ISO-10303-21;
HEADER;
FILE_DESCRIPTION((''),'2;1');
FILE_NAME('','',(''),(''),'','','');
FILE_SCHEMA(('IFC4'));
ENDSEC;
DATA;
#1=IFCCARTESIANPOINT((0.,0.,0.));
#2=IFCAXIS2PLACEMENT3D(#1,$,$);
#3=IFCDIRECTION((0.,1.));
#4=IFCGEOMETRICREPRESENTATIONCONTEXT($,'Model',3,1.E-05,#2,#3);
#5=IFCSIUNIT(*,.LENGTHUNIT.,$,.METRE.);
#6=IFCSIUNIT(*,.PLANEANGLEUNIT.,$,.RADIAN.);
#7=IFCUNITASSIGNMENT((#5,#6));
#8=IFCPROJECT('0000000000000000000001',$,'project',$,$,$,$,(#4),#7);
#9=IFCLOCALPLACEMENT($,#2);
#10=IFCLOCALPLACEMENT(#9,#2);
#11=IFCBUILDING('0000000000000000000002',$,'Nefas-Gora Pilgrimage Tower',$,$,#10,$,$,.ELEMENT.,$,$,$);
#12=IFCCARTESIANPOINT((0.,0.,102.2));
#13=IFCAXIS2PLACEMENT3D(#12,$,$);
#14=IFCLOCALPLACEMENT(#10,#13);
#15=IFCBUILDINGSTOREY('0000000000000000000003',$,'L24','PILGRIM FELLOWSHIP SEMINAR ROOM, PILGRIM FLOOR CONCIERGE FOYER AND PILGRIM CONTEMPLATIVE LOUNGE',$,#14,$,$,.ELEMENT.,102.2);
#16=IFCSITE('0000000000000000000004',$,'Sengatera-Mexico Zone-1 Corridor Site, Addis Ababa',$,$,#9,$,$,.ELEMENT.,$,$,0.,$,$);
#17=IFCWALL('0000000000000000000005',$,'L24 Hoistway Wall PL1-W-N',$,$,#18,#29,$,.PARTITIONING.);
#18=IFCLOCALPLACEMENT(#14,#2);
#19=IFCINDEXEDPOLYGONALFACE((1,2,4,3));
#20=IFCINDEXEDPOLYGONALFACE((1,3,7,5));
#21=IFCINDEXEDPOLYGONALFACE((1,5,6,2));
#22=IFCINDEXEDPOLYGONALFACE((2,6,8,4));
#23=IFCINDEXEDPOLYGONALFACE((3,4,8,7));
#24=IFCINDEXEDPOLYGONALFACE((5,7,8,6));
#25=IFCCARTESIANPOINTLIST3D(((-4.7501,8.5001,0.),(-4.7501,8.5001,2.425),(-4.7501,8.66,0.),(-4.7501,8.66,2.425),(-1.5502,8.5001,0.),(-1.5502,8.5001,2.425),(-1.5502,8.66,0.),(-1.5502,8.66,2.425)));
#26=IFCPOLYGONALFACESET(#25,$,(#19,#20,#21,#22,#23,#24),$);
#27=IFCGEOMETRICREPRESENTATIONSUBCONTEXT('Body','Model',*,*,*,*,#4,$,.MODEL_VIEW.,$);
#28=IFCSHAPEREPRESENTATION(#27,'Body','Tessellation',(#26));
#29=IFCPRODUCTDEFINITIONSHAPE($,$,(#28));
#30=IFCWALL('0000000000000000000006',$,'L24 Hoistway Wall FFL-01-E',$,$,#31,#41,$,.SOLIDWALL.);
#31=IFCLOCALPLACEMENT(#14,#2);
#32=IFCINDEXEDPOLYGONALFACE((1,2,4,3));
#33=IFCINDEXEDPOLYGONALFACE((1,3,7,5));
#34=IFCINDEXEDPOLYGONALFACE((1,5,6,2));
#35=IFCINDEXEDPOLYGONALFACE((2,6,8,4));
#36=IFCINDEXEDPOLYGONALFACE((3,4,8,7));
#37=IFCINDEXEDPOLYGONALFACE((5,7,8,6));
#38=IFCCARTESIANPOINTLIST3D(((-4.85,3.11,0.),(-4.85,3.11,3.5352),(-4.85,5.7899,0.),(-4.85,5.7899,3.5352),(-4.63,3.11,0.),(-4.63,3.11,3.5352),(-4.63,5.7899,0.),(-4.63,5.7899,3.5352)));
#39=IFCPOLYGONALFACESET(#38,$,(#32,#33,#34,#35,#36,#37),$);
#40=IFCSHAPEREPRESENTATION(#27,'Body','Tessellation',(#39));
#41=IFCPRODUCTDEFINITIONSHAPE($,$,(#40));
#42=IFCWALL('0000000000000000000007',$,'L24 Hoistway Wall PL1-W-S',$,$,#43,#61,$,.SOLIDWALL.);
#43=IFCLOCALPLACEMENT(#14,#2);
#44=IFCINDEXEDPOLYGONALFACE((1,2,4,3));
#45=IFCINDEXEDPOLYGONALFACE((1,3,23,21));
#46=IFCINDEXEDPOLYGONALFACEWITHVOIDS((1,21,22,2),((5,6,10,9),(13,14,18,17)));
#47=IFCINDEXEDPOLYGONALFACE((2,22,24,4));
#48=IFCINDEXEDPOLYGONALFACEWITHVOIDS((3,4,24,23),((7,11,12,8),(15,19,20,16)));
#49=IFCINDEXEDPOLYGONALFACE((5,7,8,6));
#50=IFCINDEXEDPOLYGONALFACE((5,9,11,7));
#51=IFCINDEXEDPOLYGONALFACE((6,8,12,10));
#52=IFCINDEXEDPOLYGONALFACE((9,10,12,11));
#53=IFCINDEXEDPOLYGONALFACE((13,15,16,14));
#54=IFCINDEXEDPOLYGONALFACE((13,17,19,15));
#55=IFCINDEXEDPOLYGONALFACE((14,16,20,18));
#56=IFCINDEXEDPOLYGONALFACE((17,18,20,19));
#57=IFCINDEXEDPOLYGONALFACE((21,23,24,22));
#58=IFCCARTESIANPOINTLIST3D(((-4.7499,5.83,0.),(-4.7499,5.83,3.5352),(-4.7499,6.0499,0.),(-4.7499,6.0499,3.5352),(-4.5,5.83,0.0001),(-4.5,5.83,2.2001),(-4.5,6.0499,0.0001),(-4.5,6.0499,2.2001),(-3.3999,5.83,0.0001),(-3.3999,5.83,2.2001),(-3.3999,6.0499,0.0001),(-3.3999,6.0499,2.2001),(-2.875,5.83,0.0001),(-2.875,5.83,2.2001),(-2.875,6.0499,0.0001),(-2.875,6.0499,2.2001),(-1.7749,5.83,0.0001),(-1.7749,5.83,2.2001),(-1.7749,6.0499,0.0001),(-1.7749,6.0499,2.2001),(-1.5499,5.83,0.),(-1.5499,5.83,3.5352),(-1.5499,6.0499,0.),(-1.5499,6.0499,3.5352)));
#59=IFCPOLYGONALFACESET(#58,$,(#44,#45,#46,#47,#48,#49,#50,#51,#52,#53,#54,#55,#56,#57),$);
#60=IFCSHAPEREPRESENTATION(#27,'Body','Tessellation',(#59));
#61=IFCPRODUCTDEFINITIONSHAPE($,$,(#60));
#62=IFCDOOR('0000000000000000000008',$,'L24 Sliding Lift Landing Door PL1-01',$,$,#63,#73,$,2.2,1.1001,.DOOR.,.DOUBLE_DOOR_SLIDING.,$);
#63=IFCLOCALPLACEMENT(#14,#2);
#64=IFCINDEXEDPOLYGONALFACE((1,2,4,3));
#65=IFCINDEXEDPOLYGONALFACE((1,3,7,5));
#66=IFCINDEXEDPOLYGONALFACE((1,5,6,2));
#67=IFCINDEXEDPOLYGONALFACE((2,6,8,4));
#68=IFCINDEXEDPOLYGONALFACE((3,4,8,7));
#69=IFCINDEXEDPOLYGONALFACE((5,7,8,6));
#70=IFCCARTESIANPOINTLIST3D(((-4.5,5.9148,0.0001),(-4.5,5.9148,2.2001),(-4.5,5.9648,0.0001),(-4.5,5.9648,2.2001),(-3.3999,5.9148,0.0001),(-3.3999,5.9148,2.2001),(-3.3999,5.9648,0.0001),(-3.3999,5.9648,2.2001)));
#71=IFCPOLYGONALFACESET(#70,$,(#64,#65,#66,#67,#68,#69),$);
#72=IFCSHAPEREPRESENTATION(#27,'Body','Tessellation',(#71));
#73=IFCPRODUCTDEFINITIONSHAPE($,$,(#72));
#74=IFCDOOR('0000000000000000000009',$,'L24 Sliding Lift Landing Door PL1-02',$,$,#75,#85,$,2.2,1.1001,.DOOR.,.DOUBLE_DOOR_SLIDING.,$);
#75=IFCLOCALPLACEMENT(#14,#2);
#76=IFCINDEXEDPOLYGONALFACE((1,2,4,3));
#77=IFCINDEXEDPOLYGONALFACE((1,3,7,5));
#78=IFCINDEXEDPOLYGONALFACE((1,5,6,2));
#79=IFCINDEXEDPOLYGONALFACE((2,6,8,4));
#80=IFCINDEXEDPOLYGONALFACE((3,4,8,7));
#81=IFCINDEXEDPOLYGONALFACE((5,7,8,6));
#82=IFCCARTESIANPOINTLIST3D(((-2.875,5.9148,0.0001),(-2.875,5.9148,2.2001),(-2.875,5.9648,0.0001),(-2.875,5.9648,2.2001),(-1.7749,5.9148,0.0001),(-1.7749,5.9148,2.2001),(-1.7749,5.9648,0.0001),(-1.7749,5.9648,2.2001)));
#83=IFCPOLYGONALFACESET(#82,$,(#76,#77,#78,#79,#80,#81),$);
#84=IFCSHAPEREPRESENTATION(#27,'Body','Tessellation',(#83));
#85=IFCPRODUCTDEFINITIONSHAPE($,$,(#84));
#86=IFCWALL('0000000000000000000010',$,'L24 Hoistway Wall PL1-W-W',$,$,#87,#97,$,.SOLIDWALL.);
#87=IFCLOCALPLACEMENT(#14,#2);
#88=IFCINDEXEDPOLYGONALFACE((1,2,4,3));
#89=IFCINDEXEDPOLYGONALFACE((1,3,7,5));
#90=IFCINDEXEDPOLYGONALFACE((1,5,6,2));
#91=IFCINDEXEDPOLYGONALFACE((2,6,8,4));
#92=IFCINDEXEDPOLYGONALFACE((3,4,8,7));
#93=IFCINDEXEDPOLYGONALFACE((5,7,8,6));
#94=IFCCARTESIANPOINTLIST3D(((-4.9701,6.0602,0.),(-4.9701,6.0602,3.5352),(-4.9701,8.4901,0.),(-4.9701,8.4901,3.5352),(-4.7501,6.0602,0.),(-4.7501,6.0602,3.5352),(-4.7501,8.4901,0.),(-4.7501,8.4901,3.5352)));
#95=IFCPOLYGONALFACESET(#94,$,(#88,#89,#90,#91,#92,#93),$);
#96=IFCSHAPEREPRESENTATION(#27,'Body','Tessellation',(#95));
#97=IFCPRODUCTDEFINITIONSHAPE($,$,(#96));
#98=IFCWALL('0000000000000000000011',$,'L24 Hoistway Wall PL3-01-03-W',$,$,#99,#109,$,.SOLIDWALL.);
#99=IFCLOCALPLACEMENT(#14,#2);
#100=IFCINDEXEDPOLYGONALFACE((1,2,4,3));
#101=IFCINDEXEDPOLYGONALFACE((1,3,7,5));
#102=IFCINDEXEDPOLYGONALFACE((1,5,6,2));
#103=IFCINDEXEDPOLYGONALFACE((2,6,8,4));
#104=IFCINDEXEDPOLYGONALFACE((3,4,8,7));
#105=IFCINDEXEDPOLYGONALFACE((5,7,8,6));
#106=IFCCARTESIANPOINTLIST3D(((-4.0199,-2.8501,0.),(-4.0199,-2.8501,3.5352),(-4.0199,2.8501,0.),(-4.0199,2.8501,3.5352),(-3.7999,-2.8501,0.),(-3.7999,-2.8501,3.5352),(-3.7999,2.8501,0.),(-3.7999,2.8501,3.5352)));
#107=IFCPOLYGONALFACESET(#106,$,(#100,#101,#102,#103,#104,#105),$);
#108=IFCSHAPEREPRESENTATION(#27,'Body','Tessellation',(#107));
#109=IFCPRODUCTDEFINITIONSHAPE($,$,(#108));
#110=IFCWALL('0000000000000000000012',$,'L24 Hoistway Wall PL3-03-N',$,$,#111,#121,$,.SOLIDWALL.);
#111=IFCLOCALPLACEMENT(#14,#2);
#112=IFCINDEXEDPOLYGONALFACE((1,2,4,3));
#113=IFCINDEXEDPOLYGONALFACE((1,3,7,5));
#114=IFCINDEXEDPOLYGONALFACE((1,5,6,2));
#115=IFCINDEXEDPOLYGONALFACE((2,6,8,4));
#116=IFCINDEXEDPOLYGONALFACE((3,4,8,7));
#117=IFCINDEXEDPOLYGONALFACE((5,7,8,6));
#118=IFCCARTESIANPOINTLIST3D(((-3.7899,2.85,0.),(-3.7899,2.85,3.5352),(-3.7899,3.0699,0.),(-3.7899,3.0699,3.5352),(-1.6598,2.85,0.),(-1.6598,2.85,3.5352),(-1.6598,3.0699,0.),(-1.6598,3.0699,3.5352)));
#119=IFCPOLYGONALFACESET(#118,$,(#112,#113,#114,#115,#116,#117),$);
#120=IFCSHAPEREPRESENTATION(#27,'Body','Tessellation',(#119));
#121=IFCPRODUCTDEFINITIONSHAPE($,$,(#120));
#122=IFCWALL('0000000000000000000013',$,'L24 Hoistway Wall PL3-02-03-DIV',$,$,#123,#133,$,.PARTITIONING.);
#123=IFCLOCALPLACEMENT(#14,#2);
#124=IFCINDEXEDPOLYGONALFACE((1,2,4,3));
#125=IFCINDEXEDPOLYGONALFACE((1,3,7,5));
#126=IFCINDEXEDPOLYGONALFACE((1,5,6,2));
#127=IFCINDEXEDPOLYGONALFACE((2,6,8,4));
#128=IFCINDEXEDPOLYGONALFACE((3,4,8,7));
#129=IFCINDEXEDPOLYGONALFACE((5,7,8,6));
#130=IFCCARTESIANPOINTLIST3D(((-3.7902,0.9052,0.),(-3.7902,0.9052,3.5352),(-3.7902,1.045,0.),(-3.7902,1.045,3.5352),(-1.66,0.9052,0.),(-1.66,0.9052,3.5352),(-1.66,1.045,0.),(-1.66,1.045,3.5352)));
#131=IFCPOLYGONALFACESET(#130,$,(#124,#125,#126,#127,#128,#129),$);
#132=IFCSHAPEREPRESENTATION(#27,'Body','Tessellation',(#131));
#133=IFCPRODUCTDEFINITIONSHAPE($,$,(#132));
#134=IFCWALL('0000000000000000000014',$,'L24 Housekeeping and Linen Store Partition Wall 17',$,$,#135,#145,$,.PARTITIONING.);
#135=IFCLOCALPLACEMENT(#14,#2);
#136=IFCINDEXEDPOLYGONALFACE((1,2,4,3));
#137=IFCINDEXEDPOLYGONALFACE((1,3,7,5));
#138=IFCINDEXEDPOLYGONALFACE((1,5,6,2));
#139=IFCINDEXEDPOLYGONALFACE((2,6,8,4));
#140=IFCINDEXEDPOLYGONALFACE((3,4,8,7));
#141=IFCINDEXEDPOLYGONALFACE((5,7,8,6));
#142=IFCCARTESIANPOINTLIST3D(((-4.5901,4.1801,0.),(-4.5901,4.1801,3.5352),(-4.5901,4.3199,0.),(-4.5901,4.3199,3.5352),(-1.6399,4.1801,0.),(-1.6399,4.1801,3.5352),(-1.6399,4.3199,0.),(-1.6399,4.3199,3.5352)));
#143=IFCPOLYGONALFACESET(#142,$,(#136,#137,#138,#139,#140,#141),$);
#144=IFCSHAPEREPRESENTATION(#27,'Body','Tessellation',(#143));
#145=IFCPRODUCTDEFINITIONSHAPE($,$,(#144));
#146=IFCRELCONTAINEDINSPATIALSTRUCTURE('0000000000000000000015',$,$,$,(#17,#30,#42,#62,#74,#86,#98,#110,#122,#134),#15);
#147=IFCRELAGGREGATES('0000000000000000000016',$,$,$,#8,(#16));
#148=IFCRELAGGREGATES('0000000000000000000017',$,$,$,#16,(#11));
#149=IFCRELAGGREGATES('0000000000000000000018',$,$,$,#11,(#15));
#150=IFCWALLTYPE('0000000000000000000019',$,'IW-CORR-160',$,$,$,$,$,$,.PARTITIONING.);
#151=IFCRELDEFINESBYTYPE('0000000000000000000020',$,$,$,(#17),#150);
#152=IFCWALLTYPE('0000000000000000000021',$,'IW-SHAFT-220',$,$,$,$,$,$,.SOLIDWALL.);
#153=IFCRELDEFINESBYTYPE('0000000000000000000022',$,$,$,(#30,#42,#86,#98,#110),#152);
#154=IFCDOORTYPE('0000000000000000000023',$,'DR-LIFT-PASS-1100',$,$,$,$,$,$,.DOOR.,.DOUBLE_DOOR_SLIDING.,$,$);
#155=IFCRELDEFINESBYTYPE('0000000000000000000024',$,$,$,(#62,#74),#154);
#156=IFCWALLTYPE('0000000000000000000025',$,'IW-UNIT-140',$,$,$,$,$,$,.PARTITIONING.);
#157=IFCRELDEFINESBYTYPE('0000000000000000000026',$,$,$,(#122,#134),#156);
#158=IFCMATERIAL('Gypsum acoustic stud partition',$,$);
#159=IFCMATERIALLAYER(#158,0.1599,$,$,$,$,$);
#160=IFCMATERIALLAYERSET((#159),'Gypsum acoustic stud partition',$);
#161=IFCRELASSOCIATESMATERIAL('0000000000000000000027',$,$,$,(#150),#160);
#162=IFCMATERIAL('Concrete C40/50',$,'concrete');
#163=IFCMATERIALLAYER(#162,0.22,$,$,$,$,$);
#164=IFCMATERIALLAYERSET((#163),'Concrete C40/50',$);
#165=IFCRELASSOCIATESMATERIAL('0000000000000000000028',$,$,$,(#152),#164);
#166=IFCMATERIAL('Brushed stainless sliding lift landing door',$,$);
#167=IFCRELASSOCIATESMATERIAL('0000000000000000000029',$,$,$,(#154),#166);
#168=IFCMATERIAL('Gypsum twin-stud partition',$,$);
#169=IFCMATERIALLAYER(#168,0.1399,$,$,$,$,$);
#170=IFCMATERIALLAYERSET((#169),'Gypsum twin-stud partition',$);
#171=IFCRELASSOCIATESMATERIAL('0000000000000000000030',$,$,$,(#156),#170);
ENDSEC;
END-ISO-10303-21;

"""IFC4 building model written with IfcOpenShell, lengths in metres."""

from ifc_helpers import new_model, si_unit, direction, frame, frame_2d, origin, place, context, subcontext, project, spatial, rectangle, extrude, source, transform, mapped, material, layer, layer_set, type_object, element, fill, save


model = new_model("IFC4")

# Units and contexts
model_context = context("Model", 3, precision=1e-05, world=origin(), true_north=direction((0.0, 1.0)))
body_context = subcontext(model_context, "Body", "Model", "MODEL_VIEW")
ifc_project = project(units=[si_unit("LENGTHUNIT", "METRE"), si_unit("PLANEANGLEUNIT", "RADIAN")], contexts=[model_context])

# Site, building, storey
site_placement = place(None, origin())
site = spatial("IfcSite", under=ifc_project, at=site_placement, Name="Sengatera-Mexico Zone-1 Corridor Site, Addis Ababa", CompositionType="ELEMENT", RefElevation=0.0)
building_placement = place(site_placement, origin())
building = spatial("IfcBuilding", under=site, at=building_placement, Name="Nefas-Gora Pilgrimage Tower", CompositionType="ELEMENT")
storey_placement = place(building_placement, frame((0.0, 0.0, 102.2)))
storey = spatial("IfcBuildingStorey", under=building, at=storey_placement, Name="L24", Description="PILGRIM FELLOWSHIP SEMINAR ROOM, PILGRIM FLOOR CONCIERGE FOYER AND PILGRIM CONTEMPLATIVE LOUNGE", CompositionType="ELEMENT", Elevation=102.2)

# Shared definitions
ifc_material_1 = material(Name="Concrete C40/50", Category="concrete")

# Walls
ifc_material_2 = material(Name="Gypsum acoustic stud partition")
ifc_layer_1 = layer(ifc_material_2, 0.1599)
ifc_layer_set_1 = layer_set([ifc_layer_1], Name="Gypsum acoustic stud partition")
wall_type_1 = type_object("IfcWallType", Name="IW-CORR-160", PredefinedType="PARTITIONING", material=ifc_layer_set_1)
shared_shape_1 = source(origin(), body_context, "Body", "SweptSolid", [
    extrude(rectangle(XDim=3.2, YDim=0.1599, at=frame_2d((1.6001, 0.0))), origin(), (0.0, 0.0, 1.0), 2.425),
])
wall_1_placement = place(storey_placement, frame((-1.55, 8.5801, 0.0), z_axis=(0.0, 0.0, 1.0), x_axis=(-1.0, 0.0, 0.0)))
element("IfcWall", 1, at=wall_1_placement, inside=storey, type_object=wall_type_1, Name="L24 Hoistway Wall PL1-W-N", PredefinedType="PARTITIONING", context=body_context, shape_type="MappedRepresentation", body=[
    mapped(shared_shape_1, transform((0.0, 0.0, 0.0), x_axis=(1.0, 0.0, 0.0), y_axis=(0.0, 1.0, 0.0), z_axis=(0.0, 0.0, 1.0), scale=1.0)),
])
ifc_layer_2 = layer(ifc_material_1, 0.22)
ifc_layer_set_2 = layer_set([ifc_layer_2], Name="Concrete C40/50")
wall_type_2 = type_object("IfcWallType", Name="IW-SHAFT-220", PredefinedType="SOLIDWALL", material=ifc_layer_set_2)
shared_shape_2 = source(origin(), body_context, "Body", "SweptSolid", [
    extrude(rectangle(XDim=2.6799, YDim=0.22, at=frame_2d((1.3398, 0.0))), origin(), (0.0, 0.0, 1.0), 3.5352),
])
wall_2_placement = place(storey_placement, frame((-4.74, 3.1101, 0.0), z_axis=(0.0, 0.0, 1.0), x_axis=(0.0, 1.0, 0.0)))
element("IfcWall", 2, at=wall_2_placement, inside=storey, type_object=wall_type_2, Name="L24 Hoistway Wall FFL-01-E", PredefinedType="SOLIDWALL", context=body_context, shape_type="MappedRepresentation", body=[
    mapped(shared_shape_2, transform((0.0, 0.0, 0.0), x_axis=(1.0, 0.0, 0.0), y_axis=(0.0, 1.0, 0.0), z_axis=(0.0, 0.0, 1.0), scale=1.0)),
])

# Wall, openings, doors
shared_shape_3 = source(origin(), body_context, "Body", "SweptSolid", [
    extrude(rectangle(XDim=3.2, YDim=0.22, at=frame_2d((1.6001, 0.0))), origin(), (0.0, 0.0, 1.0), 3.5352),
])
wall_3_placement = place(storey_placement, frame((-4.75, 5.9399, 0.0), z_axis=(0.0, 0.0, 1.0), x_axis=(1.0, 0.0, 0.0)))
wall_3 = element("IfcWall", 3, at=wall_3_placement, inside=storey, type_object=wall_type_2, Name="L24 Hoistway Wall PL1-W-S", PredefinedType="SOLIDWALL", context=body_context, shape_type="MappedRepresentation", body=[
    mapped(shared_shape_3, transform((0.0, 0.0, 0.0), x_axis=(1.0, 0.0, 0.0), y_axis=(0.0, 1.0, 0.0), z_axis=(0.0, 0.0, 1.0), scale=1.0)),
])
opening_1_placement = place(wall_3_placement, frame((0.25, 0.0, 0.0)))
opening_1 = element("IfcOpeningElement", 4, at=opening_1_placement, cuts=wall_3, PredefinedType="OPENING", context=body_context, shape_type="SweptSolid", body=[
    extrude(rectangle(XDim=1.1001, YDim=2.2, at=frame_2d((0.55, 1.1001))), frame((0.0, 0.1199, 0.0), z_axis=(0.0, -1.0, 0.0), x_axis=(1.0, 0.0, 0.0)), (0.0, 0.0, 1.0), 0.24),
])
opening_2_placement = place(wall_3_placement, frame((1.875, 0.0, 0.0)))
opening_2 = element("IfcOpeningElement", 5, at=opening_2_placement, cuts=wall_3, PredefinedType="OPENING", context=body_context, shape_type="SweptSolid", body=[
    extrude(rectangle(XDim=1.1001, YDim=2.2, at=frame_2d((0.55, 1.1001))), frame((0.0, 0.1199, 0.0), z_axis=(0.0, -1.0, 0.0), x_axis=(1.0, 0.0, 0.0)), (0.0, 0.0, 1.0), 0.24),
])
ifc_material_3 = material(Name="Brushed stainless sliding lift landing door")
door_type_1 = type_object("IfcDoorType", Name="DR-LIFT-PASS-1100", OperationType="DOUBLE_DOOR_SLIDING", PredefinedType="DOOR", material=ifc_material_3)
shared_shape_4 = source(origin(), body_context, "Body", "SweptSolid", [
    extrude(rectangle(XDim=1.1001, YDim=2.2, at=frame_2d((0.55, 1.1001))), frame((0.0, 0.0249, 0.0), z_axis=(0.0, -1.0, 0.0), x_axis=(1.0, 0.0, 0.0)), (0.0, 0.0, 1.0), 0.05),
])
door_1_placement = place(opening_1_placement, origin())
door_1 = element("IfcDoor", 6, at=door_1_placement, inside=storey, type_object=door_type_1, Name="L24 Sliding Lift Landing Door PL1-01", OperationType="DOUBLE_DOOR_SLIDING", OverallHeight=2.2, OverallWidth=1.1001, PredefinedType="DOOR", context=body_context, shape_type="MappedRepresentation", body=[
    mapped(shared_shape_4, transform((0.0, 0.0, 0.0), x_axis=(1.0, 0.0, 0.0), y_axis=(0.0, 1.0, 0.0), z_axis=(0.0, 0.0, 1.0), scale=1.0)),
])
fill(opening_1, door_1)
door_2_placement = place(opening_2_placement, origin())
door_2 = element("IfcDoor", 7, at=door_2_placement, inside=storey, type_object=door_type_1, Name="L24 Sliding Lift Landing Door PL1-02", OperationType="DOUBLE_DOOR_SLIDING", OverallHeight=2.2, OverallWidth=1.1001, PredefinedType="DOOR", context=body_context, shape_type="MappedRepresentation", body=[
    mapped(shared_shape_4, transform((0.0, 0.0, 0.0), x_axis=(1.0, 0.0, 0.0), y_axis=(0.0, 1.0, 0.0), z_axis=(0.0, 0.0, 1.0), scale=1.0)),
])
fill(opening_2, door_2)

# Walls
shared_shape_5 = source(origin(), body_context, "Body", "SweptSolid", [
    extrude(rectangle(XDim=2.4299, YDim=0.22, at=frame_2d((1.2148, 0.0))), origin(), (0.0, 0.0, 1.0), 3.5352),
])
for number, where, z_axis, x_axis, name in (
    (8, (-4.8601, 8.49, 0.0), (0.0, 0.0, 1.0), (0.0, -1.0, 0.0), "L24 Hoistway Wall PL1-W-W"),
):
    element("IfcWall", number, at=place(storey_placement, frame(where, z_axis=z_axis, x_axis=x_axis)), inside=storey, type_object=wall_type_2, Name=name, PredefinedType="SOLIDWALL", context=body_context, shape_type="MappedRepresentation", body=[
        mapped(shared_shape_5, transform((0.0, 0.0, 0.0), x_axis=(1.0, 0.0, 0.0), y_axis=(0.0, 1.0, 0.0), z_axis=(0.0, 0.0, 1.0), scale=1.0)),
    ])
ifc_material_4 = material(Name="Gypsum twin-stud partition")
ifc_layer_3 = layer(ifc_material_4, 0.1399)
ifc_layer_set_3 = layer_set([ifc_layer_3], Name="Gypsum twin-stud partition")
wall_type_3 = type_object("IfcWallType", Name="IW-UNIT-140", PredefinedType="PARTITIONING", material=ifc_layer_set_3)
shared_shape_6 = source(origin(), body_context, "Body", "SweptSolid", [
    extrude(rectangle(XDim=5.7002, YDim=0.22, at=frame_2d((2.8501, 0.0))), origin(), (0.0, 0.0, 1.0), 3.5352),
])
wall_4_placement = place(storey_placement, frame((-3.9099, 2.8501, 0.0), z_axis=(0.0, 0.0, 1.0), x_axis=(0.0, -1.0, 0.0)))
element("IfcWall", 9, at=wall_4_placement, inside=storey, type_object=wall_type_2, Name="L24 Hoistway Wall PL3-01-03-W", PredefinedType="SOLIDWALL", context=body_context, shape_type="MappedRepresentation", body=[
    mapped(shared_shape_6, transform((0.0, 0.0, 0.0), x_axis=(1.0, 0.0, 0.0), y_axis=(0.0, 1.0, 0.0), z_axis=(0.0, 0.0, 1.0), scale=1.0)),
])
shared_shape_7 = source(origin(), body_context, "Body", "SweptSolid", [
    extrude(rectangle(XDim=2.1301, YDim=0.22, at=frame_2d((1.0649, 0.0))), origin(), (0.0, 0.0, 1.0), 3.5352),
])
wall_5_placement = place(storey_placement, frame((-1.6599, 2.96, 0.0), z_axis=(0.0, 0.0, 1.0), x_axis=(-1.0, 0.0, 0.0)))
element("IfcWall", 10, at=wall_5_placement, inside=storey, type_object=wall_type_2, Name="L24 Hoistway Wall PL3-03-N", PredefinedType="SOLIDWALL", context=body_context, shape_type="MappedRepresentation", body=[
    mapped(shared_shape_7, transform((0.0, 0.0, 0.0), x_axis=(1.0, 0.0, 0.0), y_axis=(0.0, 1.0, 0.0), z_axis=(0.0, 0.0, 1.0), scale=1.0)),
])
shared_shape_8 = source(origin(), body_context, "Body", "SweptSolid", [
    extrude(rectangle(XDim=2.1301, YDim=0.1399, at=frame_2d((1.0649, 0.0))), origin(), (0.0, 0.0, 1.0), 3.5352),
])
wall_6_placement = place(storey_placement, frame((-3.79, 0.9751, 0.0), z_axis=(0.0, 0.0, 1.0), x_axis=(1.0, 0.0, 0.0)))
element("IfcWall", 11, at=wall_6_placement, inside=storey, type_object=wall_type_3, Name="L24 Hoistway Wall PL3-02-03-DIV", PredefinedType="PARTITIONING", context=body_context, shape_type="MappedRepresentation", body=[
    mapped(shared_shape_8, transform((0.0, 0.0, 0.0), x_axis=(1.0, 0.0, 0.0), y_axis=(0.0, 1.0, 0.0), z_axis=(0.0, 0.0, 1.0), scale=1.0)),
])
shared_shape_9 = source(origin(), body_context, "Body", "SweptSolid", [
    extrude(rectangle(XDim=2.9502, YDim=0.1399, at=frame_2d((1.4751, 0.0))), origin(), (0.0, 0.0, 1.0), 3.5352),
])
wall_7_placement = place(storey_placement, frame((-4.5901, 4.25, 0.0), z_axis=(0.0, 0.0, 1.0), x_axis=(1.0, 0.0, 0.0)))
element("IfcWall", 12, at=wall_7_placement, inside=storey, type_object=wall_type_3, Name="L24 Housekeeping and Linen Store Partition Wall 17", PredefinedType="PARTITIONING", context=body_context, shape_type="MappedRepresentation", body=[
    mapped(shared_shape_9, transform((0.0, 0.0, 0.0), x_axis=(1.0, 0.0, 0.0), y_axis=(0.0, 1.0, 0.0), z_axis=(0.0, 0.0, 1.0), scale=1.0)),
])

save(model, "model.ifc")
